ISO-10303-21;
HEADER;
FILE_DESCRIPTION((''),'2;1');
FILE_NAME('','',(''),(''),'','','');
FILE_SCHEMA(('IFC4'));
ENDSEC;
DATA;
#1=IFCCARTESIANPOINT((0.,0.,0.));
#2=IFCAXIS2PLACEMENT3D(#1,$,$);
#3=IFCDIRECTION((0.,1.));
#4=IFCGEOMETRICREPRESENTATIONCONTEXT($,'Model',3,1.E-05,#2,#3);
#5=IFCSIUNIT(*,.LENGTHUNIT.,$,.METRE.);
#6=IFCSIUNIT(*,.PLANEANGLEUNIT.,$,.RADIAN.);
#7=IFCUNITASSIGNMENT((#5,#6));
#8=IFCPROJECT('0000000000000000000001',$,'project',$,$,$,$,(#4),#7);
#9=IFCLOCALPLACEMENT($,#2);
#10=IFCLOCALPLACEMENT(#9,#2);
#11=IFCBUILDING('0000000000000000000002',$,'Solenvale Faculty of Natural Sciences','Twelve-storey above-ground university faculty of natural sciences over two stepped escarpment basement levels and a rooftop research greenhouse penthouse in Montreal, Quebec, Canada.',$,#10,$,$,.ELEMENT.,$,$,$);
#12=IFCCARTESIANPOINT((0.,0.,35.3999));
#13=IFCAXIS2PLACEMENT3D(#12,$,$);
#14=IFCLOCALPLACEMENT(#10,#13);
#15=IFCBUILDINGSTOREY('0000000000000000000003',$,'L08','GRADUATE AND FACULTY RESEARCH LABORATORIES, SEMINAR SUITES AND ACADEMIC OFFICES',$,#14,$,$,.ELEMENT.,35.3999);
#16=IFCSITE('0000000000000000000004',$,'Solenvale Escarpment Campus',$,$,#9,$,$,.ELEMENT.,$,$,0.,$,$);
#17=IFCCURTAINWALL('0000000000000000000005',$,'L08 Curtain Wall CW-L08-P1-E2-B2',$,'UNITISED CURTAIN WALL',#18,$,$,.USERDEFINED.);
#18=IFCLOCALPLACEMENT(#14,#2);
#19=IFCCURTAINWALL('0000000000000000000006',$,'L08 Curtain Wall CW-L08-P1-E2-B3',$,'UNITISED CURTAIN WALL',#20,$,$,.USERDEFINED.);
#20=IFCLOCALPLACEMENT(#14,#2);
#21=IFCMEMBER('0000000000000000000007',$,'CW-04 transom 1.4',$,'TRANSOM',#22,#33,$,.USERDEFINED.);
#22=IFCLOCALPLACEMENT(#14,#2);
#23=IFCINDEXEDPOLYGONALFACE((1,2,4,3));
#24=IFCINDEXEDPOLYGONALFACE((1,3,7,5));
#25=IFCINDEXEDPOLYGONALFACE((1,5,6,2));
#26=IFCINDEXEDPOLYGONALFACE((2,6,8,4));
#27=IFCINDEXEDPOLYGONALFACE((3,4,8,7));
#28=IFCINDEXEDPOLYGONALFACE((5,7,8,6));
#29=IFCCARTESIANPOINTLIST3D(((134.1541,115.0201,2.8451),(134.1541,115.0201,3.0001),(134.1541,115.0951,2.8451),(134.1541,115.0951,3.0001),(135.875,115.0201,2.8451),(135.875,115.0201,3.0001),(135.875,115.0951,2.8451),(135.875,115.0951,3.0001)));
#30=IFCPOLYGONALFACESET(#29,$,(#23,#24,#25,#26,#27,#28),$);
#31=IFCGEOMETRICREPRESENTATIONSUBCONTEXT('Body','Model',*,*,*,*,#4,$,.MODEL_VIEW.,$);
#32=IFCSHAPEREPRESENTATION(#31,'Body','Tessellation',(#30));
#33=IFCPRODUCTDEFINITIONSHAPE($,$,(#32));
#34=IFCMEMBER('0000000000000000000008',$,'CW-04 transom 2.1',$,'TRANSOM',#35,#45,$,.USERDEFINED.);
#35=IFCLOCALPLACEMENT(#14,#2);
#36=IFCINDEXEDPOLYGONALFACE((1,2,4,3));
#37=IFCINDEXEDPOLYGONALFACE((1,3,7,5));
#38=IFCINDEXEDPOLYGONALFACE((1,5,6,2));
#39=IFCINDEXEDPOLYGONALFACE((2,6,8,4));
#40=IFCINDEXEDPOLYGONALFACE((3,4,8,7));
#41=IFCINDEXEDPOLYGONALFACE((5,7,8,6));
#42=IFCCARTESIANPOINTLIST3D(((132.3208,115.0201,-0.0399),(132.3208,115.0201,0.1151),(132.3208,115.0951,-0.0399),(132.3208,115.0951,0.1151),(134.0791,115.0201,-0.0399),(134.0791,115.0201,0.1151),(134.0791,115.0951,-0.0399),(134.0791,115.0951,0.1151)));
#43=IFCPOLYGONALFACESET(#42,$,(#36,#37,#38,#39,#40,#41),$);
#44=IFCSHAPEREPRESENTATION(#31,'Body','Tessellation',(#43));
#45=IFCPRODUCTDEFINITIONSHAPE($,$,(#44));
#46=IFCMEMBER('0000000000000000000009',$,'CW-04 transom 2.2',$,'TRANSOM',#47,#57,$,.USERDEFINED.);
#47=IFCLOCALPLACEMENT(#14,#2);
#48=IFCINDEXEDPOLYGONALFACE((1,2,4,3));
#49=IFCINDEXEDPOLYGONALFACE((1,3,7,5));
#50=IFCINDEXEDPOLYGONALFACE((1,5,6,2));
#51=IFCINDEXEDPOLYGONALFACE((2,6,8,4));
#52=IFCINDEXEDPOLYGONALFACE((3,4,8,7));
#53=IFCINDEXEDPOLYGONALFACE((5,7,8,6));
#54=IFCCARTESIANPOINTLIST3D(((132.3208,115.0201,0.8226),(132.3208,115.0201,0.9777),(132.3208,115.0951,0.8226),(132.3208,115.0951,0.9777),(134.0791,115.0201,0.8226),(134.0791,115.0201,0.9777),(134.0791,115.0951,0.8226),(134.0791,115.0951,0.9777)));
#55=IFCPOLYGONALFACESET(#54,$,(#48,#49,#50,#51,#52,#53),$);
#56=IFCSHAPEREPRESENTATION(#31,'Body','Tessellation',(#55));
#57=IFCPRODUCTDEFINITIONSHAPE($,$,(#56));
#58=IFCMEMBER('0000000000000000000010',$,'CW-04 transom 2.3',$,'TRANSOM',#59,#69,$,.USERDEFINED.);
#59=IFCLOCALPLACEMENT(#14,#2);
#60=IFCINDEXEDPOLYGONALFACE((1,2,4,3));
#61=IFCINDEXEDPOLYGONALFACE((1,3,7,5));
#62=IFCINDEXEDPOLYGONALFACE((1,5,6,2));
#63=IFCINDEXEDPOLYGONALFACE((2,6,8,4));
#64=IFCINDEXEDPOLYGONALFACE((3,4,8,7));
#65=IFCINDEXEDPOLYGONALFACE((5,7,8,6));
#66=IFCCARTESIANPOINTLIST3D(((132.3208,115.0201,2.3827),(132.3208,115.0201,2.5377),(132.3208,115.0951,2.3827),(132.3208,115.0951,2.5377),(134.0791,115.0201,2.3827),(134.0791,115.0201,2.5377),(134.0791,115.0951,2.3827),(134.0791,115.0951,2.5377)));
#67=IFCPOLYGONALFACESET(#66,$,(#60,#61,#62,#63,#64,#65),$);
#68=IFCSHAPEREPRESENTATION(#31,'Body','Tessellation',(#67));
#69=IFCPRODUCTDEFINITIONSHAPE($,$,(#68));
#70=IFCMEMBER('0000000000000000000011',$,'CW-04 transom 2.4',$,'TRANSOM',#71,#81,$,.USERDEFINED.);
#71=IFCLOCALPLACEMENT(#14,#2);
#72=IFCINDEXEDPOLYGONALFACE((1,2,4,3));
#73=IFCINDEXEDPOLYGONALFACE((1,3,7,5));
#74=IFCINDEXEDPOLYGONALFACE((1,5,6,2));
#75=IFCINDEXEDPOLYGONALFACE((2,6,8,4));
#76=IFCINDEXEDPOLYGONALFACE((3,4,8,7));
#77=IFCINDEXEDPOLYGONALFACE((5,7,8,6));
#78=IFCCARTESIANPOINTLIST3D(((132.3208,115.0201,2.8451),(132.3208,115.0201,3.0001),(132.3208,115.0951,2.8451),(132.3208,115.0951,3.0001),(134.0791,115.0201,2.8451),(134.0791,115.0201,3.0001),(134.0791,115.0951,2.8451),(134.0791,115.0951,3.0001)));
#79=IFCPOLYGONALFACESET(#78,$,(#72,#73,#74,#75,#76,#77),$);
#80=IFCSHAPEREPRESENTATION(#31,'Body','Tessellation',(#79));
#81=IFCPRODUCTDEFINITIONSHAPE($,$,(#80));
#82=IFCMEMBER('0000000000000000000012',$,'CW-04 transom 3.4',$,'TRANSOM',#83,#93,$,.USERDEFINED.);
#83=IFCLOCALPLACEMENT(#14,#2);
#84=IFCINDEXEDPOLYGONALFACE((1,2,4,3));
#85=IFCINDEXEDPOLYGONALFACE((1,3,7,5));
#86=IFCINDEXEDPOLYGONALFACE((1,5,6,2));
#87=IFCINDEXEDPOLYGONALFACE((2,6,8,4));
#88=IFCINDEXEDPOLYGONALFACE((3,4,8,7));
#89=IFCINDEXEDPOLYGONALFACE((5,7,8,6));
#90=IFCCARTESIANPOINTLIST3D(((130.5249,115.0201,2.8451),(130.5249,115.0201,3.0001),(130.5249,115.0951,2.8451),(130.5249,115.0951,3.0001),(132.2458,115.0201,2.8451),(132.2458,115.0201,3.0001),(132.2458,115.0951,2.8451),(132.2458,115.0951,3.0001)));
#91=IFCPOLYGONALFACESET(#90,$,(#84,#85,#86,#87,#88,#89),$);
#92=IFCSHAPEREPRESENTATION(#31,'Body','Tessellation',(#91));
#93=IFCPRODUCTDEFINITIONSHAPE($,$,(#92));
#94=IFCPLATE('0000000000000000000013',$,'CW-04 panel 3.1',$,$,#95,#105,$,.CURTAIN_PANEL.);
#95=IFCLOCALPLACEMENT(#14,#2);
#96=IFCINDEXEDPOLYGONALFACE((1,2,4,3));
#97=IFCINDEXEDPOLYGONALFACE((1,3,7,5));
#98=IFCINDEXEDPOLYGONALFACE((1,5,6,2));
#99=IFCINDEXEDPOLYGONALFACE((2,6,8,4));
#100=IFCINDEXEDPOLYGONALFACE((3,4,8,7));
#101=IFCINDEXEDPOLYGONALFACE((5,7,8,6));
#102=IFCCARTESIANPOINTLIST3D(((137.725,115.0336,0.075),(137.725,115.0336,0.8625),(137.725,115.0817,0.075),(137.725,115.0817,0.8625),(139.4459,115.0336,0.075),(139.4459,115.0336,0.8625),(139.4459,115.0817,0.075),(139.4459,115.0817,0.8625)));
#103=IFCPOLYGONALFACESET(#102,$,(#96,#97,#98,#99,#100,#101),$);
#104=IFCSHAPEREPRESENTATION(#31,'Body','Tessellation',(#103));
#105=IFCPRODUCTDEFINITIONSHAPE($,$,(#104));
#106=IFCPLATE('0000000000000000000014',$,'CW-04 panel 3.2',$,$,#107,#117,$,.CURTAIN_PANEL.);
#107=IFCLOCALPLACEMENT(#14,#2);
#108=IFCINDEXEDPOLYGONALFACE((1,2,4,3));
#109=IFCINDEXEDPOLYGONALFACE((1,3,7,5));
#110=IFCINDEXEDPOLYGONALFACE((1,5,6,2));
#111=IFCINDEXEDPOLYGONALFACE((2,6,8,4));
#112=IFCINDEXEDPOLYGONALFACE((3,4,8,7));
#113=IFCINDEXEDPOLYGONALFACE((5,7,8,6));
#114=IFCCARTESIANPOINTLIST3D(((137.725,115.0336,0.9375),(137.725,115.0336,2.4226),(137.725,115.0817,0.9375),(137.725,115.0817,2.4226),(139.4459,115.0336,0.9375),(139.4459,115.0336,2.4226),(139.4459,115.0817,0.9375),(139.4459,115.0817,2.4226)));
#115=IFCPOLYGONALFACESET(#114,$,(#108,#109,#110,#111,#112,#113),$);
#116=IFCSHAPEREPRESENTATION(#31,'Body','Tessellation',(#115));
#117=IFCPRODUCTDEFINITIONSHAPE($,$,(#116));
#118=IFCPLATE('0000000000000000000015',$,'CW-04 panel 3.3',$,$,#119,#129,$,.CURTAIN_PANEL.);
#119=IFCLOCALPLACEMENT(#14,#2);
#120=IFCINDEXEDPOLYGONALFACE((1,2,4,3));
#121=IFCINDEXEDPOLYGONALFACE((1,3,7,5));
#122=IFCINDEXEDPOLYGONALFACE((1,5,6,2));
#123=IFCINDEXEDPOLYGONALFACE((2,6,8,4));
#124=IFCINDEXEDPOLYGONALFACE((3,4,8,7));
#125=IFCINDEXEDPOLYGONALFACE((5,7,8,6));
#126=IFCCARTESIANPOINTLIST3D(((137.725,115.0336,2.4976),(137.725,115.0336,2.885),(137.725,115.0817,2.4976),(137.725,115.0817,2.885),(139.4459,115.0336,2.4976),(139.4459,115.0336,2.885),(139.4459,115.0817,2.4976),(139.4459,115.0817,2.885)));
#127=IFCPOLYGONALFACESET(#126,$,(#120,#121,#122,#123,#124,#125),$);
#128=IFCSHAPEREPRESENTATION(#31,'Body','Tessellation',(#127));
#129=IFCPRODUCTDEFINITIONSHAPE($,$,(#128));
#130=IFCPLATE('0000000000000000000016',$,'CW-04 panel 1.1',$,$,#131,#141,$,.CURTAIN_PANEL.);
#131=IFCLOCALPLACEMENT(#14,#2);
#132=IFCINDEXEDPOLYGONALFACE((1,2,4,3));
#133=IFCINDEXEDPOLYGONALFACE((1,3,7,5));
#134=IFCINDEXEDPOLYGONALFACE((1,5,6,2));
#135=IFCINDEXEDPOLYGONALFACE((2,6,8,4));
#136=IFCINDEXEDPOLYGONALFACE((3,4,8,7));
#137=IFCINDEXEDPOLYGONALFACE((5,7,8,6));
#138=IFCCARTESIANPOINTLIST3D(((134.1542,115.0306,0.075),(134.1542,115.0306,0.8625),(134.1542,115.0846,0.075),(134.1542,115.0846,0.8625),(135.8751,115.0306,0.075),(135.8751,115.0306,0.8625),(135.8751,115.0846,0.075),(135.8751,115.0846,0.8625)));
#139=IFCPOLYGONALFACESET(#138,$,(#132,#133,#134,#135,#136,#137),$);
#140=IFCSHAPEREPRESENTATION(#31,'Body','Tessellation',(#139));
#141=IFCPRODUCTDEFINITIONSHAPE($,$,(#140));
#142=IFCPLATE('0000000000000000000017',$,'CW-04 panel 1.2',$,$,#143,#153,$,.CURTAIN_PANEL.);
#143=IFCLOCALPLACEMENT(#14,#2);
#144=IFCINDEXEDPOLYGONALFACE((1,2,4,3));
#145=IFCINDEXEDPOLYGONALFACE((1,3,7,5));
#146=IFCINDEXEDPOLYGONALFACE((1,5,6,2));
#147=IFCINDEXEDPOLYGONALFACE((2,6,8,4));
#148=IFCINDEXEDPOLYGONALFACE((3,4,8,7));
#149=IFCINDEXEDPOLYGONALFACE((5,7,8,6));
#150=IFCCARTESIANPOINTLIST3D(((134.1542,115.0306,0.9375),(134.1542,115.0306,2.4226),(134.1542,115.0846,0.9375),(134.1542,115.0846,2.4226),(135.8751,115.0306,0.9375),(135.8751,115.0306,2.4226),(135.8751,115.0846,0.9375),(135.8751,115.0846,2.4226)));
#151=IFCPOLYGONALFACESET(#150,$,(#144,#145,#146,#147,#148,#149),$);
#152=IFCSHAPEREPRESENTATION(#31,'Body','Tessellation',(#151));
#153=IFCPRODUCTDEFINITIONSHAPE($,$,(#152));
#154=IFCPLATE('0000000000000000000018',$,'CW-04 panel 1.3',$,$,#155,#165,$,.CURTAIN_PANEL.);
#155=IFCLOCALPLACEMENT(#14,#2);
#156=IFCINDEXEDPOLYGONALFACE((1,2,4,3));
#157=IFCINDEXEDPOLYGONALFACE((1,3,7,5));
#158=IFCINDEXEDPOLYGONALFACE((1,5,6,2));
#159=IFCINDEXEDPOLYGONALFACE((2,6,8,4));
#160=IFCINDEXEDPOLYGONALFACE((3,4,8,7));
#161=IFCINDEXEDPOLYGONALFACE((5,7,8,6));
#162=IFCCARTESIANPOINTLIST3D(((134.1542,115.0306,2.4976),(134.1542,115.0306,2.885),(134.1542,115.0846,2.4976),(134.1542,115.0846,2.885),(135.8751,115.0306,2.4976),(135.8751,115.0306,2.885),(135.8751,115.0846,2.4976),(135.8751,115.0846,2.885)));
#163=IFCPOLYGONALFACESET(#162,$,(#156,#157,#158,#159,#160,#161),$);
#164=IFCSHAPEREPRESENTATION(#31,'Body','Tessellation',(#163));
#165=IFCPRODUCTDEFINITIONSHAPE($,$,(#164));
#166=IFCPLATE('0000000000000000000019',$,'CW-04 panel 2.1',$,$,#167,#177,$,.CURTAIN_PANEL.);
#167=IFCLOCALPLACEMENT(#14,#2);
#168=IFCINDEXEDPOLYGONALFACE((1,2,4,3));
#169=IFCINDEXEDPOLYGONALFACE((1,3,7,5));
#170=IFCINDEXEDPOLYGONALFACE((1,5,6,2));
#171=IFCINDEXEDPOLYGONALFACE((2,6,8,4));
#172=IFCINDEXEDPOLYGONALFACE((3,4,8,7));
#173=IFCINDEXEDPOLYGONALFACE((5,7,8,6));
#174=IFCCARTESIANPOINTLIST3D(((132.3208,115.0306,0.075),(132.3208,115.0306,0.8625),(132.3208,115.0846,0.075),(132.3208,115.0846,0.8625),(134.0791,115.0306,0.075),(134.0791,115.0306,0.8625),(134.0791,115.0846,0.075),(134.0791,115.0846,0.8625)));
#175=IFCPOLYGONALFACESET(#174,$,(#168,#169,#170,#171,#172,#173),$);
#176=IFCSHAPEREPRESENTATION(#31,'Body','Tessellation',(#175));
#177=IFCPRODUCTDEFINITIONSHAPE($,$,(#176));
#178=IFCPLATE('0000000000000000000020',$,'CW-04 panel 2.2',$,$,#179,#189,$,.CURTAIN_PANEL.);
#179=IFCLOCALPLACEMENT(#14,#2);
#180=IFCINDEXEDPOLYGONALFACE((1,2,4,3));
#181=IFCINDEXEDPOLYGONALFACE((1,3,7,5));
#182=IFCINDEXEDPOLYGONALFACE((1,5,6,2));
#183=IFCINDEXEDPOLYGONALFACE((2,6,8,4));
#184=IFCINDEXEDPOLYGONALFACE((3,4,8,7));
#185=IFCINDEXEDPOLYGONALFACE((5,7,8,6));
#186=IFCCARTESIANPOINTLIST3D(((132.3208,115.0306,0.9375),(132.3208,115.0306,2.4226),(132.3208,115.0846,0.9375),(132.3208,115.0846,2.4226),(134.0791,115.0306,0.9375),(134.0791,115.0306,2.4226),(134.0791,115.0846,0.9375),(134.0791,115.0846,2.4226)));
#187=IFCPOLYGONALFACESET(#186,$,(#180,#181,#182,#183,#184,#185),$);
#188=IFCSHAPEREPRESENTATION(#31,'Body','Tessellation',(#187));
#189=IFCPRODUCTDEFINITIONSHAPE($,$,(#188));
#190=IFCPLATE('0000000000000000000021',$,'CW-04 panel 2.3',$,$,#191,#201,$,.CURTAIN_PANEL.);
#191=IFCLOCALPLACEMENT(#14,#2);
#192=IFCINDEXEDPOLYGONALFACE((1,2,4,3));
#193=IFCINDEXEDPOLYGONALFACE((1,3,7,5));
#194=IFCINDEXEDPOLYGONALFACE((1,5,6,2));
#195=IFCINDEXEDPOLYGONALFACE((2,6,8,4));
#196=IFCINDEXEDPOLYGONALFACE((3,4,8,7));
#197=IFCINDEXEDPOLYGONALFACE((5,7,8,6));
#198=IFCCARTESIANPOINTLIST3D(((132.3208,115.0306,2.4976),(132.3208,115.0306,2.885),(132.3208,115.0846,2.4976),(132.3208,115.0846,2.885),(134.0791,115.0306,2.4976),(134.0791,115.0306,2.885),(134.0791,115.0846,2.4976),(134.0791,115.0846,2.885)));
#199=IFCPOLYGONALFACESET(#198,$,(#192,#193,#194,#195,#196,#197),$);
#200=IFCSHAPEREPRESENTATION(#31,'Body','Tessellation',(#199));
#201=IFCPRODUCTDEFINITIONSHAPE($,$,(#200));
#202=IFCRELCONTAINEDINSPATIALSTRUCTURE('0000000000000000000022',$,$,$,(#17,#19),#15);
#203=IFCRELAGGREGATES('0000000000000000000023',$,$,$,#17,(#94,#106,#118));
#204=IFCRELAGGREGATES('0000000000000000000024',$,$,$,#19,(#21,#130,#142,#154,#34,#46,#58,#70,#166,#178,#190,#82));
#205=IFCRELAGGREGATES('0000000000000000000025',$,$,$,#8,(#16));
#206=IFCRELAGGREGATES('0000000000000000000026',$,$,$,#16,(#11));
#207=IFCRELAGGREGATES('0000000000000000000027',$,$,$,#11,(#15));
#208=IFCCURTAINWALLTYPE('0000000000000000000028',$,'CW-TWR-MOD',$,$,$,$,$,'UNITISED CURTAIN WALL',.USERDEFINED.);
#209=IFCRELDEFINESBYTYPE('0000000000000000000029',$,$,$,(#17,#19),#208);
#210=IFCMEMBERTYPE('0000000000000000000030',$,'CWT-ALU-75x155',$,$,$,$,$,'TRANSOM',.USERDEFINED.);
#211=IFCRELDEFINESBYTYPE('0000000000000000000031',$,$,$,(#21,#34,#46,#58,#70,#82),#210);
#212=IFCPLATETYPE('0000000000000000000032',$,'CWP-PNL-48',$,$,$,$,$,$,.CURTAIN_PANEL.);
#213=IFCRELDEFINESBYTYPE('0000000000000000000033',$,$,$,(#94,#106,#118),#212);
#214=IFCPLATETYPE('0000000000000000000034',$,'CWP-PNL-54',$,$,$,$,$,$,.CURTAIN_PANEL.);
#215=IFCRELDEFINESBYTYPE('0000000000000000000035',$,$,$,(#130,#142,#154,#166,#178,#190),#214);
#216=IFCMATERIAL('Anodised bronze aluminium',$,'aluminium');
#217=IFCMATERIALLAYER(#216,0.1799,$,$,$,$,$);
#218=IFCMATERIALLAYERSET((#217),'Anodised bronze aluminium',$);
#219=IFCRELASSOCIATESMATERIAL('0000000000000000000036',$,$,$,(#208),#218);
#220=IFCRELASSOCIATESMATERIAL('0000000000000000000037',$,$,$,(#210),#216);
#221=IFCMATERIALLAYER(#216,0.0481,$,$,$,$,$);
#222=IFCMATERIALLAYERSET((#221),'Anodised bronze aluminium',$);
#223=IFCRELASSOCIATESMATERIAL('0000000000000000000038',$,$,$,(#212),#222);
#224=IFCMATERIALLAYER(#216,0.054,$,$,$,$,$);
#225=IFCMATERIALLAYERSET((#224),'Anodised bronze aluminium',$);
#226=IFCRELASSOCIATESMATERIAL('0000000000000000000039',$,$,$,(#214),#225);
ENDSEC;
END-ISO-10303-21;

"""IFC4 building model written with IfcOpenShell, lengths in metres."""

from ifc_helpers import new_model, si_unit, direction, frame, origin, origin_2d, place, context, subcontext, project, spatial, rectangle, extrude, material, layer, layer_set, material_profile, profile_set, type_object, element, aggregate, save


model = new_model("IFC4")

# Units and contexts
model_context = context("Model", 3, precision=1e-05, world=origin(), true_north=direction((0.0, 1.0)))
body_context = subcontext(model_context, "Body", "Model", "MODEL_VIEW")
ifc_project = project(units=[si_unit("LENGTHUNIT", "METRE"), si_unit("PLANEANGLEUNIT", "RADIAN")], contexts=[model_context])

# Site, building, storey
site_placement = place(None, origin())
site = spatial("IfcSite", under=ifc_project, at=site_placement, Name="Solenvale Escarpment Campus", CompositionType="ELEMENT", RefElevation=0.0)
building_placement = place(site_placement, origin())
building = spatial("IfcBuilding", under=site, at=building_placement, Name="Solenvale Faculty of Natural Sciences", Description="Twelve-storey above-ground university faculty of natural sciences over two stepped escarpment basement levels and a rooftop research greenhouse penthouse in Montreal, Quebec, Canada.", CompositionType="ELEMENT")
storey_placement = place(building_placement, frame((0.0, 0.0, 35.3999)))
storey = spatial("IfcBuildingStorey", under=building, at=storey_placement, Name="L08", Description="GRADUATE AND FACULTY RESEARCH LABORATORIES, SEMINAR SUITES AND ACADEMIC OFFICES", CompositionType="ELEMENT", Elevation=35.3999)

# Curtain walls
ifc_material_1 = material(Name="Anodised bronze aluminium", Category="aluminium")
ifc_layer_1 = layer(ifc_material_1, 0.1799)
ifc_layer_set_1 = layer_set([ifc_layer_1], Name="Anodised bronze aluminium")
curtain_wall_type = type_object("IfcCurtainWallType", Name="CW-TWR-MOD", ElementType="UNITISED CURTAIN WALL", PredefinedType="USERDEFINED", material=ifc_layer_set_1)
curtain_wall_1_placement = place(storey_placement, origin())
curtain_wall_1 = element("IfcCurtainWall", 1, at=curtain_wall_1_placement, inside=storey, type_object=curtain_wall_type, Name="L08 Curtain Wall CW-L08-P1-E2-B2", ObjectType="UNITISED CURTAIN WALL", PredefinedType="USERDEFINED")
curtain_wall_2_placement = place(storey_placement, origin())
curtain_wall_2 = element("IfcCurtainWall", 2, at=curtain_wall_2_placement, inside=storey, type_object=curtain_wall_type, Name="L08 Curtain Wall CW-L08-P1-E2-B3", ObjectType="UNITISED CURTAIN WALL", PredefinedType="USERDEFINED")

# Members
ifc_material_profile_1 = material_profile(ifc_material_1, rectangle(XDim=0.075, YDim=0.155, at=origin_2d()), Name="ALU-TRN-75x155")
ifc_profile_set_1 = profile_set([ifc_material_profile_1], Name="Anodised bronze aluminium")
member_type_1 = type_object("IfcMemberType", Name="CWT-ALU-75x155", ElementType="TRANSOM", PredefinedType="USERDEFINED", material=ifc_profile_set_1)
member_1_placement = place(storey_placement, frame((135.875, 115.0576, 2.9226), z_axis=(-1.0, 0.0, 0.0), x_axis=(0.0, -1.0, 0.0)))
member_1 = element("IfcMember", 3, at=member_1_placement, type_object=member_type_1, Name="CW-04 transom 1.4", ObjectType="TRANSOM", PredefinedType="USERDEFINED", context=body_context, shape_type="SweptSolid", body=[
    extrude(rectangle(XDim=0.075, YDim=0.155, at=origin_2d()), origin(), (0.0, 0.0, 1.0), 1.7209),
])
member_2_placement = place(storey_placement, frame((134.0791, 115.0576, 0.0376), z_axis=(-1.0, 0.0, 0.0), x_axis=(0.0, -1.0, 0.0)))
member_2 = element("IfcMember", 4, at=member_2_placement, type_object=member_type_1, Name="CW-04 transom 2.1", ObjectType="TRANSOM", PredefinedType="USERDEFINED", context=body_context, shape_type="SweptSolid", body=[
    extrude(rectangle(XDim=0.075, YDim=0.155, at=origin_2d()), origin(), (0.0, 0.0, 1.0), 1.7583),
])
member_3_placement = place(storey_placement, frame((134.0791, 115.0576, 0.9001), z_axis=(-1.0, 0.0, 0.0), x_axis=(0.0, -1.0, 0.0)))
member_3 = element("IfcMember", 5, at=member_3_placement, type_object=member_type_1, Name="CW-04 transom 2.2", ObjectType="TRANSOM", PredefinedType="USERDEFINED", context=body_context, shape_type="SweptSolid", body=[
    extrude(rectangle(XDim=0.075, YDim=0.155, at=origin_2d()), origin(), (0.0, 0.0, 1.0), 1.7583),
])
member_4_placement = place(storey_placement, frame((134.0791, 115.0576, 2.4602), z_axis=(-1.0, 0.0, 0.0), x_axis=(0.0, -1.0, 0.0)))
member_4 = element("IfcMember", 6, at=member_4_placement, type_object=member_type_1, Name="CW-04 transom 2.3", ObjectType="TRANSOM", PredefinedType="USERDEFINED", context=body_context, shape_type="SweptSolid", body=[
    extrude(rectangle(XDim=0.075, YDim=0.155, at=origin_2d()), origin(), (0.0, 0.0, 1.0), 1.7583),
])
member_5_placement = place(storey_placement, frame((134.0791, 115.0576, 2.9226), z_axis=(-1.0, 0.0, 0.0), x_axis=(0.0, -1.0, 0.0)))
member_5 = element("IfcMember", 7, at=member_5_placement, type_object=member_type_1, Name="CW-04 transom 2.4", ObjectType="TRANSOM", PredefinedType="USERDEFINED", context=body_context, shape_type="SweptSolid", body=[
    extrude(rectangle(XDim=0.075, YDim=0.155, at=origin_2d()), origin(), (0.0, 0.0, 1.0), 1.7583),
])
member_6_placement = place(storey_placement, frame((132.2458, 115.0576, 2.9226), z_axis=(-1.0, 0.0, 0.0), x_axis=(0.0, -1.0, 0.0)))
member_6 = element("IfcMember", 8, at=member_6_placement, type_object=member_type_1, Name="CW-04 transom 3.4", ObjectType="TRANSOM", PredefinedType="USERDEFINED", context=body_context, shape_type="SweptSolid", body=[
    extrude(rectangle(XDim=0.075, YDim=0.155, at=origin_2d()), origin(), (0.0, 0.0, 1.0), 1.7209),
])

# Plates
ifc_layer_2 = layer(ifc_material_1, 0.0481)
ifc_layer_set_2 = layer_set([ifc_layer_2], Name="Anodised bronze aluminium")
plate_type_1 = type_object("IfcPlateType", Name="CWP-PNL-48", PredefinedType="CURTAIN_PANEL", material=ifc_layer_set_2)
plate_1_placement = place(storey_placement, frame((138.5854, 115.0576, 0.075), z_axis=(0.0, 0.0, 1.0), x_axis=(-1.0, 0.0, 0.0)))
plate_1 = element("IfcPlate", 9, at=plate_1_placement, type_object=plate_type_1, Name="CW-04 panel 3.1", PredefinedType="CURTAIN_PANEL", context=body_context, shape_type="SweptSolid", body=[
    extrude(rectangle(XDim=1.7209, YDim=0.0481, at=origin_2d()), origin(), (0.0, 0.0, 1.0), 0.7876),
])
plate_2_placement = place(storey_placement, frame((138.5854, 115.0576, 0.9375), z_axis=(0.0, 0.0, 1.0), x_axis=(-1.0, 0.0, 0.0)))
plate_2 = element("IfcPlate", 10, at=plate_2_placement, type_object=plate_type_1, Name="CW-04 panel 3.2", PredefinedType="CURTAIN_PANEL", context=body_context, shape_type="SweptSolid", body=[
    extrude(rectangle(XDim=1.7209, YDim=0.0481, at=origin_2d()), origin(), (0.0, 0.0, 1.0), 1.4851),
])
plate_3_placement = place(storey_placement, frame((138.5854, 115.0576, 2.4976), z_axis=(0.0, 0.0, 1.0), x_axis=(-1.0, 0.0, 0.0)))
plate_3 = element("IfcPlate", 11, at=plate_3_placement, type_object=plate_type_1, Name="CW-04 panel 3.3", PredefinedType="CURTAIN_PANEL", context=body_context, shape_type="SweptSolid", body=[
    extrude(rectangle(XDim=1.7209, YDim=0.0481, at=origin_2d()), origin(), (0.0, 0.0, 1.0), 0.3875),
])
aggregate(curtain_wall_1, [plate_1, plate_2, plate_3])
ifc_layer_3 = layer(ifc_material_1, 0.054)
ifc_layer_set_3 = layer_set([ifc_layer_3], Name="Anodised bronze aluminium")
plate_type_2 = type_object("IfcPlateType", Name="CWP-PNL-54", PredefinedType="CURTAIN_PANEL", material=ifc_layer_set_3)
plate_4_placement = place(storey_placement, frame((135.0146, 115.0576, 0.075), z_axis=(0.0, 0.0, 1.0), x_axis=(-1.0, 0.0, 0.0)))
plate_4 = element("IfcPlate", 12, at=plate_4_placement, type_object=plate_type_2, Name="CW-04 panel 1.1", PredefinedType="CURTAIN_PANEL", context=body_context, shape_type="SweptSolid", body=[
    extrude(rectangle(XDim=1.7209, YDim=0.054, at=origin_2d()), origin(), (0.0, 0.0, 1.0), 0.7876),
])
plate_5_placement = place(storey_placement, frame((135.0146, 115.0576, 0.9375), z_axis=(0.0, 0.0, 1.0), x_axis=(-1.0, 0.0, 0.0)))
plate_5 = element("IfcPlate", 13, at=plate_5_placement, type_object=plate_type_2, Name="CW-04 panel 1.2", PredefinedType="CURTAIN_PANEL", context=body_context, shape_type="SweptSolid", body=[
    extrude(rectangle(XDim=1.7209, YDim=0.054, at=origin_2d()), origin(), (0.0, 0.0, 1.0), 1.4851),
])
plate_6_placement = place(storey_placement, frame((135.0146, 115.0576, 2.4976), z_axis=(0.0, 0.0, 1.0), x_axis=(-1.0, 0.0, 0.0)))
plate_6 = element("IfcPlate", 14, at=plate_6_placement, type_object=plate_type_2, Name="CW-04 panel 1.3", PredefinedType="CURTAIN_PANEL", context=body_context, shape_type="SweptSolid", body=[
    extrude(rectangle(XDim=1.7209, YDim=0.054, at=origin_2d()), origin(), (0.0, 0.0, 1.0), 0.3875),
])
plate_7_placement = place(storey_placement, frame((133.2, 115.0576, 0.075), z_axis=(0.0, 0.0, 1.0), x_axis=(-1.0, 0.0, 0.0)))
plate_7 = element("IfcPlate", 15, at=plate_7_placement, type_object=plate_type_2, Name="CW-04 panel 2.1", PredefinedType="CURTAIN_PANEL", context=body_context, shape_type="SweptSolid", body=[
    extrude(rectangle(XDim=1.7583, YDim=0.054, at=origin_2d()), origin(), (0.0, 0.0, 1.0), 0.7876),
])
plate_8_placement = place(storey_placement, frame((133.2, 115.0576, 0.9375), z_axis=(0.0, 0.0, 1.0), x_axis=(-1.0, 0.0, 0.0)))
plate_8 = element("IfcPlate", 16, at=plate_8_placement, type_object=plate_type_2, Name="CW-04 panel 2.2", PredefinedType="CURTAIN_PANEL", context=body_context, shape_type="SweptSolid", body=[
    extrude(rectangle(XDim=1.7583, YDim=0.054, at=origin_2d()), origin(), (0.0, 0.0, 1.0), 1.4851),
])
plate_9_placement = place(storey_placement, frame((133.2, 115.0576, 2.4976), z_axis=(0.0, 0.0, 1.0), x_axis=(-1.0, 0.0, 0.0)))
plate_9 = element("IfcPlate", 17, at=plate_9_placement, type_object=plate_type_2, Name="CW-04 panel 2.3", PredefinedType="CURTAIN_PANEL", context=body_context, shape_type="SweptSolid", body=[
    extrude(rectangle(XDim=1.7583, YDim=0.054, at=origin_2d()), origin(), (0.0, 0.0, 1.0), 0.3875),
])
aggregate(curtain_wall_2, [member_1, plate_4, plate_5, plate_6, member_2, member_3, member_4, member_5, plate_7, plate_8, plate_9, member_6])

save(model, "model.ifc")
